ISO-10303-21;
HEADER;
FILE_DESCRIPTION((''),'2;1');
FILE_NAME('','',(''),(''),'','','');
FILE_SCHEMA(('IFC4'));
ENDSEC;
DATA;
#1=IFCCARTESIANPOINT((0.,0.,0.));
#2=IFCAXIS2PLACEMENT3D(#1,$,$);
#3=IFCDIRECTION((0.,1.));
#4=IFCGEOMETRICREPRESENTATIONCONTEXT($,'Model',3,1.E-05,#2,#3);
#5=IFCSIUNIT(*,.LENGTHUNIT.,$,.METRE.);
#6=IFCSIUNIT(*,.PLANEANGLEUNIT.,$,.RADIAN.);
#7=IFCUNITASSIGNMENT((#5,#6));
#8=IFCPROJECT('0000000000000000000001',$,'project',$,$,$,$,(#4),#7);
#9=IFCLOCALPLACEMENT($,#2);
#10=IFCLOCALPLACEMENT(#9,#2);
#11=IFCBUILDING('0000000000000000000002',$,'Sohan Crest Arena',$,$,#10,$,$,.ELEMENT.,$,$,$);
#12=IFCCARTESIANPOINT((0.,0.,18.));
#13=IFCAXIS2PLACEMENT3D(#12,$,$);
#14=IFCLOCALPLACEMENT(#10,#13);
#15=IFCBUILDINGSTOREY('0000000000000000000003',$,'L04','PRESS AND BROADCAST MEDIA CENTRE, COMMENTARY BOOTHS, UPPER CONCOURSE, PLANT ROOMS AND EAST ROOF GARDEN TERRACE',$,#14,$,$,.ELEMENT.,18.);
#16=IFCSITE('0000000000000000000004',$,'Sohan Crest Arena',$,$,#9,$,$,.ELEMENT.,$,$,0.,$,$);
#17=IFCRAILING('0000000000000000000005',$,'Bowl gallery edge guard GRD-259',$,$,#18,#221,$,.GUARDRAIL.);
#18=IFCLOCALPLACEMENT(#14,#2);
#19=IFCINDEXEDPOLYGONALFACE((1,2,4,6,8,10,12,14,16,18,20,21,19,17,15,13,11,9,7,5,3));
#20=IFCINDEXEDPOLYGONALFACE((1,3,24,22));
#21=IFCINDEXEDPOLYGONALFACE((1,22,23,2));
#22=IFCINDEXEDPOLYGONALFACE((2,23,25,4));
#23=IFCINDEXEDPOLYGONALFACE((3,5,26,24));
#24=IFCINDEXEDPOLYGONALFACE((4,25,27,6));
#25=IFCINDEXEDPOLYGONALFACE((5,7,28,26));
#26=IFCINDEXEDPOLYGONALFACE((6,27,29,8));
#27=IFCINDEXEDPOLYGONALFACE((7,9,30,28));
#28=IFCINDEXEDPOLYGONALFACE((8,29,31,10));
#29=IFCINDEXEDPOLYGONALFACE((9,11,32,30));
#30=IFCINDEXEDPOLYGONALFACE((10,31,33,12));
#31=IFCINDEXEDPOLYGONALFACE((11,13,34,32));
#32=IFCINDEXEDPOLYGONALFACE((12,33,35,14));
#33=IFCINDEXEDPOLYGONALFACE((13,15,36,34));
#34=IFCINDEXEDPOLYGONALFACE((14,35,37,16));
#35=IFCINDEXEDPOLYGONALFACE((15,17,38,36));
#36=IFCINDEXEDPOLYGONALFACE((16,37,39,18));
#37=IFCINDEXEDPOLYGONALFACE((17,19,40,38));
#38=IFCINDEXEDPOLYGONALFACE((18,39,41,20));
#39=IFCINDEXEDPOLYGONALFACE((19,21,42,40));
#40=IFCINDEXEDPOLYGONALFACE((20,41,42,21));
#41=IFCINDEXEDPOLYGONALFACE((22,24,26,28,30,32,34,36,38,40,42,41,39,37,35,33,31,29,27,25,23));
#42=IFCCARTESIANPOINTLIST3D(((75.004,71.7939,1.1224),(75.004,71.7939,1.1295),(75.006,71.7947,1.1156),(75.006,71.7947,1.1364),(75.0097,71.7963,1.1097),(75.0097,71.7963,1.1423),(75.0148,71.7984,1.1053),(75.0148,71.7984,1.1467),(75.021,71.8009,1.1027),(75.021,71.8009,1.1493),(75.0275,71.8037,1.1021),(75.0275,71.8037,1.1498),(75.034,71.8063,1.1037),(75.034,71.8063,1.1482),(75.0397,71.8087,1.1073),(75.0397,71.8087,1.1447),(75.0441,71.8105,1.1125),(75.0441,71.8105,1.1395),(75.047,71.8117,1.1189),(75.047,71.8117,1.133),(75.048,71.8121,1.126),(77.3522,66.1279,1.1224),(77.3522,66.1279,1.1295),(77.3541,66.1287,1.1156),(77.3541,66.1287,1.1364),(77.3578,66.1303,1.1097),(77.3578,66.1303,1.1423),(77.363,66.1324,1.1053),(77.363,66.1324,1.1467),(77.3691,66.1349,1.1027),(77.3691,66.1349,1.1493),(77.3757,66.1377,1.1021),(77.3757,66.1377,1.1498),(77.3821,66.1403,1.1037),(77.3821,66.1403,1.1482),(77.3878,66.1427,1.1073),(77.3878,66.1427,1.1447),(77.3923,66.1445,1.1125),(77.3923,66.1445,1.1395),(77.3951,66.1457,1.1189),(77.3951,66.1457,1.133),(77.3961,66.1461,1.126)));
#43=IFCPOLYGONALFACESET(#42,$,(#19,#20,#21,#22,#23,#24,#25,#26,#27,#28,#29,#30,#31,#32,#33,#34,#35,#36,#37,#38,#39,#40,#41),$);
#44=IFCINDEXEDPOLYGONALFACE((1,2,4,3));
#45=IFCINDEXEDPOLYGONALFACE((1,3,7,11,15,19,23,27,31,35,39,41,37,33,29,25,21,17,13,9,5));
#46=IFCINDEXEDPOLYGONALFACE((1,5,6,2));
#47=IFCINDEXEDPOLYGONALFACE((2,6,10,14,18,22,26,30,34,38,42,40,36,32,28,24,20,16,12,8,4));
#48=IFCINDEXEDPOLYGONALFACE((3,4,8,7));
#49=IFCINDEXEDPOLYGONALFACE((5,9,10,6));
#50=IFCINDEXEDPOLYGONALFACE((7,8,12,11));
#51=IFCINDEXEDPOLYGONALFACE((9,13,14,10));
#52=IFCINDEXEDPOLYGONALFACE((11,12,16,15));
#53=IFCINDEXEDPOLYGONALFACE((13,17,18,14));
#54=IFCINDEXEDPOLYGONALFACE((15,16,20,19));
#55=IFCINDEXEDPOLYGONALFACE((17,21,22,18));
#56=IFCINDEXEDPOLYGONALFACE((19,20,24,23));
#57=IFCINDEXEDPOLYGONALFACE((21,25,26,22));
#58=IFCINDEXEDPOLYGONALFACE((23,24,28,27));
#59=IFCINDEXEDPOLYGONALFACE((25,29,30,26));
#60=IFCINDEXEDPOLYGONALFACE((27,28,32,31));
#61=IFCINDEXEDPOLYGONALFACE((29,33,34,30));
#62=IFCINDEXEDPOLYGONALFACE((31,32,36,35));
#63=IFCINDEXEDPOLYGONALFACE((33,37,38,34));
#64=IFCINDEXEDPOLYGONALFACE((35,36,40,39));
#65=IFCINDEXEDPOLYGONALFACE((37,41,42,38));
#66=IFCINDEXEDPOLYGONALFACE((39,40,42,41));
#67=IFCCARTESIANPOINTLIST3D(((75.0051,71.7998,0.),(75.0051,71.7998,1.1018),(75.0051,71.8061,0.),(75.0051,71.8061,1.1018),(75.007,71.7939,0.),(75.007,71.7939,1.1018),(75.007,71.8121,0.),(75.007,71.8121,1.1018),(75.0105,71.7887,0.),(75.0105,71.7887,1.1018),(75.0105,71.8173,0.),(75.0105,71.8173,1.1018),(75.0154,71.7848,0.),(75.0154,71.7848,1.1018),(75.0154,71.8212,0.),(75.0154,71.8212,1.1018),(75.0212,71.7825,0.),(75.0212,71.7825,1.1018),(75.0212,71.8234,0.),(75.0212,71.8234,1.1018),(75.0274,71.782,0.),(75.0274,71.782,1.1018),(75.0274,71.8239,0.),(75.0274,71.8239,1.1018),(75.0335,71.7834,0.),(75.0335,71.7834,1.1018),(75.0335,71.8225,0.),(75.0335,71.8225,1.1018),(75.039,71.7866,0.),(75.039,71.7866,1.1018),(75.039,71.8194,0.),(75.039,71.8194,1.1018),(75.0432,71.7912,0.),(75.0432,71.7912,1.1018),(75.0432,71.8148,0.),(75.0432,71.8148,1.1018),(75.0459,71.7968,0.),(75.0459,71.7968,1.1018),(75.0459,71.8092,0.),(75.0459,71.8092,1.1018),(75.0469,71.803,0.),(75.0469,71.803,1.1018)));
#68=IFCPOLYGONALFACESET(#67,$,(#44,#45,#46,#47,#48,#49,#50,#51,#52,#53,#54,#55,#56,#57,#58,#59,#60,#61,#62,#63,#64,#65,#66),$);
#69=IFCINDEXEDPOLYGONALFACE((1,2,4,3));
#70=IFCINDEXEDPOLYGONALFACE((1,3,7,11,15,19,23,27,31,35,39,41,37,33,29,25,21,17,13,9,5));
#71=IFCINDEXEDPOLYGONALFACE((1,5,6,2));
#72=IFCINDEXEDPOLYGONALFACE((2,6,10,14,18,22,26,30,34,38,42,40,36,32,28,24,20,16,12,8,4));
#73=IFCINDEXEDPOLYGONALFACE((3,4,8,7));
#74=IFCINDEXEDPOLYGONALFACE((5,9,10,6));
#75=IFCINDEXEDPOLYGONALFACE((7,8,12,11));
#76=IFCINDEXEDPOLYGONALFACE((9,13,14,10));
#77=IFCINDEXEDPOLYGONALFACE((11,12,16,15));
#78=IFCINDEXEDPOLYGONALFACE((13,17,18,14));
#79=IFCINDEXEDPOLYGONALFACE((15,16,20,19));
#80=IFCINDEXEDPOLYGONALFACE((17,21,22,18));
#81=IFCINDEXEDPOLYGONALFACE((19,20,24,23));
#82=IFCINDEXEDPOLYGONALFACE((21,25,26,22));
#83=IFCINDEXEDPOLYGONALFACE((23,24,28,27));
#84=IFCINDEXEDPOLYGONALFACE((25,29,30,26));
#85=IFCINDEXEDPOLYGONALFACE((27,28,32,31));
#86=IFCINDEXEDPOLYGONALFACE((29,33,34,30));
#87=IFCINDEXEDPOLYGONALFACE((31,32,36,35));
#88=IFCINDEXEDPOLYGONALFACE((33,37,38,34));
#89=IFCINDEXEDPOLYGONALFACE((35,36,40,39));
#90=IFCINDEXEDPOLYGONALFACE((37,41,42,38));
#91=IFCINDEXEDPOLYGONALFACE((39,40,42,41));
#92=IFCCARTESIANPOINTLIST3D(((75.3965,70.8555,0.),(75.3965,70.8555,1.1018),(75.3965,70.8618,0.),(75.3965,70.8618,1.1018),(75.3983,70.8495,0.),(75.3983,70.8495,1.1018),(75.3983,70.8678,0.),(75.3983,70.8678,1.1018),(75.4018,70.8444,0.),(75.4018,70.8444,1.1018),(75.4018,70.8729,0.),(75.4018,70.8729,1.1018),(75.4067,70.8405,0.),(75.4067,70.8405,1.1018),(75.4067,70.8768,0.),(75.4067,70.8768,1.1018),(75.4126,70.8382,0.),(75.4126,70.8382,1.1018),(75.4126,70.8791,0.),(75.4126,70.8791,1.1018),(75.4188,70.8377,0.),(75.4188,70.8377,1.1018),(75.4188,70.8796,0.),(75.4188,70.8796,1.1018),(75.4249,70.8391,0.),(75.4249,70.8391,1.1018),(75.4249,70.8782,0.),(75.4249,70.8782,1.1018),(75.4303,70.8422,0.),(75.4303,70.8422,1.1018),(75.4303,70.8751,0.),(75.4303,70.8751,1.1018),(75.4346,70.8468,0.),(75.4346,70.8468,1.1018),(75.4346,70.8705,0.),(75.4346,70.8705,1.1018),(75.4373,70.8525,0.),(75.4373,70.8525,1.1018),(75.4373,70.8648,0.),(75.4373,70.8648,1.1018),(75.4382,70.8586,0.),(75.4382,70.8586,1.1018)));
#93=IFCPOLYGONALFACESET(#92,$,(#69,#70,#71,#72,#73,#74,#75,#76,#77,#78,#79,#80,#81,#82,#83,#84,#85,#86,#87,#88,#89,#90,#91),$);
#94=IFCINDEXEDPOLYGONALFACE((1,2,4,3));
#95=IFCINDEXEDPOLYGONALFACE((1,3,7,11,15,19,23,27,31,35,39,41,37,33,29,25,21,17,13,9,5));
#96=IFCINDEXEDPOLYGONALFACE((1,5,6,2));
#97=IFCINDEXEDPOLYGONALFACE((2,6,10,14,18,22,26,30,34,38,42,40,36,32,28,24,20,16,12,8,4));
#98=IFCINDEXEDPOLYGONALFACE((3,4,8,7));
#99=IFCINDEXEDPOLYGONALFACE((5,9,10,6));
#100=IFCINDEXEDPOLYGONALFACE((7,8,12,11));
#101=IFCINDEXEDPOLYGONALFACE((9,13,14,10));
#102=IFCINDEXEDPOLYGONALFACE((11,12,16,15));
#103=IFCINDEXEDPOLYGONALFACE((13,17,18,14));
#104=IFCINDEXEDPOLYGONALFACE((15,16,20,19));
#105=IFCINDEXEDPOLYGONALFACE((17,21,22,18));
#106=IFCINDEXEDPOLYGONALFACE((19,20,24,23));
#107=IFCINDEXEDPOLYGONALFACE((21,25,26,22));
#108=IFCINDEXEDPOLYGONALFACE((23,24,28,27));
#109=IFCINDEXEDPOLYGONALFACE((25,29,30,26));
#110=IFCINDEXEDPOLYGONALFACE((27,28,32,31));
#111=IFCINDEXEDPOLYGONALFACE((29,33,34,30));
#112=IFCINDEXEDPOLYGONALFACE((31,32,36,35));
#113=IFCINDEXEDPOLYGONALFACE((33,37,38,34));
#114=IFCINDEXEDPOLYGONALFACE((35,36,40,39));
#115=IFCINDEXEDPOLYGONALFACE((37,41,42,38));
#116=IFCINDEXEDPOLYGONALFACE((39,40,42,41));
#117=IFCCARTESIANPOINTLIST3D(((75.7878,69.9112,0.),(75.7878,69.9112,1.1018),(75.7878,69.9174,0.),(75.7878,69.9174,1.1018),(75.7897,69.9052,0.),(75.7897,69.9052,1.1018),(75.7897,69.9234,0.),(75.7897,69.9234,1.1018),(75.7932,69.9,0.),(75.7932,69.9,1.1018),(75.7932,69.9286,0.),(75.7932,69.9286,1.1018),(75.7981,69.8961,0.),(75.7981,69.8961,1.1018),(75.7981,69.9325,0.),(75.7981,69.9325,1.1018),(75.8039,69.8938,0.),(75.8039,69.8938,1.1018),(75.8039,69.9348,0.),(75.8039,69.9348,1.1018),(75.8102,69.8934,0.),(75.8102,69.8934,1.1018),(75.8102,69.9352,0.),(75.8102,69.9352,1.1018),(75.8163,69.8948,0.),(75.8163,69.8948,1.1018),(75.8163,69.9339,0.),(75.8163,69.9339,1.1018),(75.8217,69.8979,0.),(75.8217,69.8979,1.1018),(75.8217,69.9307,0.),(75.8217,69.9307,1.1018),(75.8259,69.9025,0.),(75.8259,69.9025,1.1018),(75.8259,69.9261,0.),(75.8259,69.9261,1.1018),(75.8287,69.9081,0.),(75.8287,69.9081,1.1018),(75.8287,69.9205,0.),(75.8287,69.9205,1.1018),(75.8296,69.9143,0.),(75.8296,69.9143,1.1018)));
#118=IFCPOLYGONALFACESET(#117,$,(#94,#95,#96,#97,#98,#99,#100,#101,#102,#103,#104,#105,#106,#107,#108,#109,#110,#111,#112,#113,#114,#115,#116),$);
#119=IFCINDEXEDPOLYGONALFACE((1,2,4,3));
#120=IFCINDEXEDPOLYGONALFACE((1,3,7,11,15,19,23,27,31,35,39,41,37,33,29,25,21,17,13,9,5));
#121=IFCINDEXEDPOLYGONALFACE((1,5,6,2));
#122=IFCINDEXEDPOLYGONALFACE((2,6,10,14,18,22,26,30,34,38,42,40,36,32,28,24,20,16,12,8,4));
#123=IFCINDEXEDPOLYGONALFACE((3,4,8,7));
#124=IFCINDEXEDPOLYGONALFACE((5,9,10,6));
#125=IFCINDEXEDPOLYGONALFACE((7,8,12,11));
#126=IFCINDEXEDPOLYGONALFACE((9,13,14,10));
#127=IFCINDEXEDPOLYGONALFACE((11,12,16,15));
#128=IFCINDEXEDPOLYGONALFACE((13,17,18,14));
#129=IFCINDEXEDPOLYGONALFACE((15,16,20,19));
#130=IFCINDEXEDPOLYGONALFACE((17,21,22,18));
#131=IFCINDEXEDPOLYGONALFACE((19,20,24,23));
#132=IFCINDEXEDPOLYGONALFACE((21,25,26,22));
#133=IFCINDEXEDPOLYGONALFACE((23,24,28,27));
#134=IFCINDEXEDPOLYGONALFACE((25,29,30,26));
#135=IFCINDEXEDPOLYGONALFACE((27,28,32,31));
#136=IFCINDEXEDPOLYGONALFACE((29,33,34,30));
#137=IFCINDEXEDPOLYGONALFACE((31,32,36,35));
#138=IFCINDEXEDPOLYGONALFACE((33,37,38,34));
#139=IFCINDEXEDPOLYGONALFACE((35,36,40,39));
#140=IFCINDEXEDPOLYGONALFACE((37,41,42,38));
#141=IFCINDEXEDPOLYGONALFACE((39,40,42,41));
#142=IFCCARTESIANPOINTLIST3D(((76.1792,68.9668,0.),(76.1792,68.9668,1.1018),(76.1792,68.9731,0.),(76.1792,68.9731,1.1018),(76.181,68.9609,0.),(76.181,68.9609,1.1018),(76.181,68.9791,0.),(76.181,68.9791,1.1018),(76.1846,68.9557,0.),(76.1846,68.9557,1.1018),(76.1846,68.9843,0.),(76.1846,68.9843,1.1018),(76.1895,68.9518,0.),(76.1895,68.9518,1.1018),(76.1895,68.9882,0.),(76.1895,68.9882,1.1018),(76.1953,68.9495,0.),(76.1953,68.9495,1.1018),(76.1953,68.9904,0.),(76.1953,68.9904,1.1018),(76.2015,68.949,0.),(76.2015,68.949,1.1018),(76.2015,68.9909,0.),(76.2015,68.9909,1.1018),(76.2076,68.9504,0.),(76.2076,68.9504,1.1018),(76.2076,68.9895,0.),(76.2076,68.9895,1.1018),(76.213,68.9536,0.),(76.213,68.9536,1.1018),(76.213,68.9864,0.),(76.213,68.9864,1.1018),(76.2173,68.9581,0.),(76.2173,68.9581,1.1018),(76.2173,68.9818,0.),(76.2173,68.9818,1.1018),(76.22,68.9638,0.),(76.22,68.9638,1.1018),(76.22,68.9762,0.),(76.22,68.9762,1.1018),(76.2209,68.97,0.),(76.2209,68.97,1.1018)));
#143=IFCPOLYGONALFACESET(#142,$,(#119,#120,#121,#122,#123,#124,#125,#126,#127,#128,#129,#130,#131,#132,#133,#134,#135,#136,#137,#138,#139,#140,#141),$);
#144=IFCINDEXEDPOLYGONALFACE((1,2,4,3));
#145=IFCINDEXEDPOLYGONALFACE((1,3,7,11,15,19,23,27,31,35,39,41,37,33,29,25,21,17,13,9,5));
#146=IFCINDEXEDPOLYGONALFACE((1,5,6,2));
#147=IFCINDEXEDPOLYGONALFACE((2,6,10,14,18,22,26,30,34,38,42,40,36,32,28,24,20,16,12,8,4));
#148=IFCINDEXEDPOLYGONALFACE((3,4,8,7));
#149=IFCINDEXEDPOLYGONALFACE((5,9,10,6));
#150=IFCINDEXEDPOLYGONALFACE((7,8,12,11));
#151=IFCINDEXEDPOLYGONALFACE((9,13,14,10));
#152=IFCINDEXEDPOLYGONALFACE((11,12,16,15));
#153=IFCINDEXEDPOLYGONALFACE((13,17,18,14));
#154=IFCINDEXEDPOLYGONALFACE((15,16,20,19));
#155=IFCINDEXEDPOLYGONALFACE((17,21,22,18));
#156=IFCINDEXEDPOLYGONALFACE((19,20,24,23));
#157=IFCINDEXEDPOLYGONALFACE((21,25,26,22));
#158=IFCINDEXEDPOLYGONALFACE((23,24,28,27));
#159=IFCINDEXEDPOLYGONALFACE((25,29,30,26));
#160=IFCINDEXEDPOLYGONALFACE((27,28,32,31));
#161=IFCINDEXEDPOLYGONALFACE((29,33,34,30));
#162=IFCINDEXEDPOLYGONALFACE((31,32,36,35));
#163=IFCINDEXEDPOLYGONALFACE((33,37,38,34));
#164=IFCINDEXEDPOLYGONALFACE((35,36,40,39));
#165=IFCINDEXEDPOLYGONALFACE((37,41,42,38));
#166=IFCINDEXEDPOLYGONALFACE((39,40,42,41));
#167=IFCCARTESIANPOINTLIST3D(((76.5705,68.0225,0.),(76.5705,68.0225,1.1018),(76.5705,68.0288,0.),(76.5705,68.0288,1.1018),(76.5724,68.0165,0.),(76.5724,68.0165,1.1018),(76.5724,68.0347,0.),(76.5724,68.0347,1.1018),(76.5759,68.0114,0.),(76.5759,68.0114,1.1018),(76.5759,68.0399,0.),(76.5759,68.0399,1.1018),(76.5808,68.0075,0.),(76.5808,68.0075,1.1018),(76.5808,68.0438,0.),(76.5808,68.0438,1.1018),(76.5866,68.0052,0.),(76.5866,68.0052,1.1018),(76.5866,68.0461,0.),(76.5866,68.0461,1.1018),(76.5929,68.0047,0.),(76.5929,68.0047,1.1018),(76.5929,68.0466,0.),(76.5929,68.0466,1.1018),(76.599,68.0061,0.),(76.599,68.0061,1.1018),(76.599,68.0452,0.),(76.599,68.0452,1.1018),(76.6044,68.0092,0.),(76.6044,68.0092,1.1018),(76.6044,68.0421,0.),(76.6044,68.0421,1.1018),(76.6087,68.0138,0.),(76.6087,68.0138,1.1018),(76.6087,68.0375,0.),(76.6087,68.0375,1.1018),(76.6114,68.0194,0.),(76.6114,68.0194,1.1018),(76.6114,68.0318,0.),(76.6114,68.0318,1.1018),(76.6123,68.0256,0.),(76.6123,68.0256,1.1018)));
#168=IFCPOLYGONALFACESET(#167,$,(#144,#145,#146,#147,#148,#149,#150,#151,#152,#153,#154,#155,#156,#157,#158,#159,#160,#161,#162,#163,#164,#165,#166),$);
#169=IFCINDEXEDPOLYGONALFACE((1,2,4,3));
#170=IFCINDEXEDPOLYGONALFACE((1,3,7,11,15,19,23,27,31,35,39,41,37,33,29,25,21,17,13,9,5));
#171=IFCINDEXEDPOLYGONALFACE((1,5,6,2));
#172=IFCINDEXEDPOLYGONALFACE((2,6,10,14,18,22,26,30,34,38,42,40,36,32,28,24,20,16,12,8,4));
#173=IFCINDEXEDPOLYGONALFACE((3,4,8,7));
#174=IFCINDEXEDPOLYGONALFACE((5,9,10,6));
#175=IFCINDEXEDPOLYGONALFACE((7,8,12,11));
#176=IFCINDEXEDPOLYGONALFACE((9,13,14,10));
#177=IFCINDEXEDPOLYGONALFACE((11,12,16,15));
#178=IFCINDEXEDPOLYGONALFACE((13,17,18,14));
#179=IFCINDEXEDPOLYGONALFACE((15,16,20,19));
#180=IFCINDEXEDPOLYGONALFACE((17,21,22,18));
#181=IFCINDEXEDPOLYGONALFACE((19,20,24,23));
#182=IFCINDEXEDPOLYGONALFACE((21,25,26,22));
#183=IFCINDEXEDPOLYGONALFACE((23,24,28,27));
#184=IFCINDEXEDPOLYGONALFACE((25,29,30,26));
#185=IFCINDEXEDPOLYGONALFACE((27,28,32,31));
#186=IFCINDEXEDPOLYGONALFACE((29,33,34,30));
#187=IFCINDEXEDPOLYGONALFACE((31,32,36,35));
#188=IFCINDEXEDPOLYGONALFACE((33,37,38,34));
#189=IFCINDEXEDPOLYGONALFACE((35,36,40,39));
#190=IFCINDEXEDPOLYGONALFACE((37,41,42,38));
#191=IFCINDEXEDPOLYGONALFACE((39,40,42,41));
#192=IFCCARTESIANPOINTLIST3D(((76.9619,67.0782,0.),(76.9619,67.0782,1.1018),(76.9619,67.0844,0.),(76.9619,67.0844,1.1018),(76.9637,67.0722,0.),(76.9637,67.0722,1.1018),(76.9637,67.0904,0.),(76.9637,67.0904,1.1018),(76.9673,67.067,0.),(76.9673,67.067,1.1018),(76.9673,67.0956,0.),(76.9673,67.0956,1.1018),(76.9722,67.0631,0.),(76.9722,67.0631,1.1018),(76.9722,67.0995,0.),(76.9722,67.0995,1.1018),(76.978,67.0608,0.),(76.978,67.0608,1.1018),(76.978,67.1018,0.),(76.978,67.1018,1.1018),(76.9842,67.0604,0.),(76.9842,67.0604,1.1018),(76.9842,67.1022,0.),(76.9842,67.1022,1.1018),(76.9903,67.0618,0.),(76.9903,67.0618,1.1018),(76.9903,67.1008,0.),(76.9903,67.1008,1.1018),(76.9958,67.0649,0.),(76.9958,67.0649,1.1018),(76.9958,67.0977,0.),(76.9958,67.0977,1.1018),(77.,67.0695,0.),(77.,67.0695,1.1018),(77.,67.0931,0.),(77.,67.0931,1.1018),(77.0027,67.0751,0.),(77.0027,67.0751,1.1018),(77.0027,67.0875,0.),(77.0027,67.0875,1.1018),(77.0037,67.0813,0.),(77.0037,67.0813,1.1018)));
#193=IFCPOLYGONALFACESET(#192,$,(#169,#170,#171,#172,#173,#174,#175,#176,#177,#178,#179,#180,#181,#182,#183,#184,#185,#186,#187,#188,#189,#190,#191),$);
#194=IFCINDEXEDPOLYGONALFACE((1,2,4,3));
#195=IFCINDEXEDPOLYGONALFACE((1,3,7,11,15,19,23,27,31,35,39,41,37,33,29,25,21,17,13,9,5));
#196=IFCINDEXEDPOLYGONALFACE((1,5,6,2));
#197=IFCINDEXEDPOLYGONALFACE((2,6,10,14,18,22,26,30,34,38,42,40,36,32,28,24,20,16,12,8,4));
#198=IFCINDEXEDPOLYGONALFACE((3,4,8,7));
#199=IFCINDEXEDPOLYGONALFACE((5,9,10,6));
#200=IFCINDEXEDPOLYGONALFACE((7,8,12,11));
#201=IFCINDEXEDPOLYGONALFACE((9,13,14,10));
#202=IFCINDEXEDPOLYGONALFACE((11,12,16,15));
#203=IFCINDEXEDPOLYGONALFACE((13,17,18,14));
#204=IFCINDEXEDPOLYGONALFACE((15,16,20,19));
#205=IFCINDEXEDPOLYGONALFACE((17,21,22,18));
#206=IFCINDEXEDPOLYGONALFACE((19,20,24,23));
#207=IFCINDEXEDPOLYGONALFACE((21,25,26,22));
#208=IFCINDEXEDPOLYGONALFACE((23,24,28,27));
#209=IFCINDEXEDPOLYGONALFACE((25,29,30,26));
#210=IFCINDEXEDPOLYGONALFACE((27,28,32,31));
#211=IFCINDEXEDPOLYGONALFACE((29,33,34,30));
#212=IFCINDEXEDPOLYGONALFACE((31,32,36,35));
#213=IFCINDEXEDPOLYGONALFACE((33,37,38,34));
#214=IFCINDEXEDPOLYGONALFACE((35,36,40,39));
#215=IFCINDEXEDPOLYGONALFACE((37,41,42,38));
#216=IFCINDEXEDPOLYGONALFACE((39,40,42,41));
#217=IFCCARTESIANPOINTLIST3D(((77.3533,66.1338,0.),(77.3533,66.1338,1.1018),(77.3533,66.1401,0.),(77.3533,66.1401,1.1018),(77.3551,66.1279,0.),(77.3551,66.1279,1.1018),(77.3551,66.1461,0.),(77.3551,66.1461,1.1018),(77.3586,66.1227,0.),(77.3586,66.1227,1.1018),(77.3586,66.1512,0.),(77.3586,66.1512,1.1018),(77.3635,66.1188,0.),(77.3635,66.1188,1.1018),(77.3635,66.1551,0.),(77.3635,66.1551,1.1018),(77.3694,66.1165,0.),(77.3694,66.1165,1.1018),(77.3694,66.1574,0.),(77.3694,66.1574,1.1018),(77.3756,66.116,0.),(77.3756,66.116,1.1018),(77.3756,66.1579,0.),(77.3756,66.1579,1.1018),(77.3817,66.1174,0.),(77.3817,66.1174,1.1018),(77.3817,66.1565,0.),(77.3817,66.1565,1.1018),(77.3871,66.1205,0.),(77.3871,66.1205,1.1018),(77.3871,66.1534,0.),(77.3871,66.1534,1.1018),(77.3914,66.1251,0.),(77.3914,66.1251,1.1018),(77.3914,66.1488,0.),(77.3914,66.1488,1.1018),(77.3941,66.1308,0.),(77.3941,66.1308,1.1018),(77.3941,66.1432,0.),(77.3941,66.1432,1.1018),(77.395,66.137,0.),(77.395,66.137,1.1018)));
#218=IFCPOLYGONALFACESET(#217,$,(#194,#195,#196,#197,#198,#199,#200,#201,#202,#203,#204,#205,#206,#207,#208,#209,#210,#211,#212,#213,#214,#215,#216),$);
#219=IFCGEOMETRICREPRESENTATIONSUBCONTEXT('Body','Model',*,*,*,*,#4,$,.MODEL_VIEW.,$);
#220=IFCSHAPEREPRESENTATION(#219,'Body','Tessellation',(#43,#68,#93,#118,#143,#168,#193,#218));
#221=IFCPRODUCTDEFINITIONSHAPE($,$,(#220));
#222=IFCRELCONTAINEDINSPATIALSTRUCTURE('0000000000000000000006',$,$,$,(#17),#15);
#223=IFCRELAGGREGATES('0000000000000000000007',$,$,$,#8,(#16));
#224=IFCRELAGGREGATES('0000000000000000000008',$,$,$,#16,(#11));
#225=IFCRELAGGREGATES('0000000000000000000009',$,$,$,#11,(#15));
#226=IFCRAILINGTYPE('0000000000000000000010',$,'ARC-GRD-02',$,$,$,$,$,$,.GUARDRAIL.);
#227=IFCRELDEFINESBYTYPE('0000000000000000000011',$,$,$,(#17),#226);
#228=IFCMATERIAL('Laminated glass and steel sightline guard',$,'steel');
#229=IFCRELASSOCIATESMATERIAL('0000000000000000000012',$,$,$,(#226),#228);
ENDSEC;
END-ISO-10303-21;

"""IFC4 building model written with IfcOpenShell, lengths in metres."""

from ifc_helpers import new_model, si_unit, direction, frame, origin, origin_2d, place, context, subcontext, project, spatial, circle, extrude, material, type_object, element, save


model = new_model("IFC4")

# Units and contexts
model_context = context("Model", 3, precision=1e-05, world=origin(), true_north=direction((0.0, 1.0)))
body_context = subcontext(model_context, "Body", "Model", "MODEL_VIEW")
ifc_project = project(units=[si_unit("LENGTHUNIT", "METRE"), si_unit("PLANEANGLEUNIT", "RADIAN")], contexts=[model_context])

# Site, building, storey
site_placement = place(None, origin())
site = spatial("IfcSite", under=ifc_project, at=site_placement, Name="Sohan Crest Arena", CompositionType="ELEMENT", RefElevation=0.0)
building_placement = place(site_placement, origin())
building = spatial("IfcBuilding", under=site, at=building_placement, Name="Sohan Crest Arena", CompositionType="ELEMENT")
storey_placement = place(building_placement, frame((0.0, 0.0, 18.0)))
storey = spatial("IfcBuildingStorey", under=building, at=storey_placement, Name="L04", Description="PRESS AND BROADCAST MEDIA CENTRE, COMMENTARY BOOTHS, UPPER CONCOURSE, PLANT ROOMS AND EAST ROOF GARDEN TERRACE", CompositionType="ELEMENT", Elevation=18.0)

# Railing
ifc_material_1 = material(Name="Laminated glass and steel sightline guard", Category="steel")
railing_type = type_object("IfcRailingType", Name="ARC-GRD-02", PredefinedType="GUARDRAIL", material=ifc_material_1)
railing_1_placement = place(storey_placement, frame((75.0259, 71.803, 0.0)))
element("IfcRailing", 1, at=railing_1_placement, inside=storey, type_object=railing_type, Name="Bowl gallery edge guard GRD-259", PredefinedType="GUARDRAIL", context=body_context, shape_type="SweptSolid", body=[
    extrude(circle(Radius=0.0239, at=origin_2d()), frame((0.0, 0.0, 1.126), z_axis=(0.382851, -0.92381, 0.0), x_axis=(0.92381, 0.382851, 0.0)), (0.0, 0.0, 1.0), 6.1333),
    extrude(circle(Radius=0.021, at=origin_2d()), origin(), (0.0, 0.0, 1.0), 1.1018),
    extrude(circle(Radius=0.021, at=origin_2d()), frame((0.3914, -0.9443, 0.0)), (0.0, 0.0, 1.0), 1.1018),
    extrude(circle(Radius=0.021, at=origin_2d()), frame((0.7827, -1.8887, 0.0)), (0.0, 0.0, 1.0), 1.1018),
    extrude(circle(Radius=0.021, at=origin_2d()), frame((1.1741, -2.833, 0.0)), (0.0, 0.0, 1.0), 1.1018),
    extrude(circle(Radius=0.021, at=origin_2d()), frame((1.5654, -3.7773, 0.0)), (0.0, 0.0, 1.0), 1.1018),
    extrude(circle(Radius=0.021, at=origin_2d()), frame((1.9568, -4.7217, 0.0)), (0.0, 0.0, 1.0), 1.1018),
    extrude(circle(Radius=0.021, at=origin_2d()), frame((2.3481, -5.666, 0.0)), (0.0, 0.0, 1.0), 1.1018),
])

save(model, "model.ifc")
